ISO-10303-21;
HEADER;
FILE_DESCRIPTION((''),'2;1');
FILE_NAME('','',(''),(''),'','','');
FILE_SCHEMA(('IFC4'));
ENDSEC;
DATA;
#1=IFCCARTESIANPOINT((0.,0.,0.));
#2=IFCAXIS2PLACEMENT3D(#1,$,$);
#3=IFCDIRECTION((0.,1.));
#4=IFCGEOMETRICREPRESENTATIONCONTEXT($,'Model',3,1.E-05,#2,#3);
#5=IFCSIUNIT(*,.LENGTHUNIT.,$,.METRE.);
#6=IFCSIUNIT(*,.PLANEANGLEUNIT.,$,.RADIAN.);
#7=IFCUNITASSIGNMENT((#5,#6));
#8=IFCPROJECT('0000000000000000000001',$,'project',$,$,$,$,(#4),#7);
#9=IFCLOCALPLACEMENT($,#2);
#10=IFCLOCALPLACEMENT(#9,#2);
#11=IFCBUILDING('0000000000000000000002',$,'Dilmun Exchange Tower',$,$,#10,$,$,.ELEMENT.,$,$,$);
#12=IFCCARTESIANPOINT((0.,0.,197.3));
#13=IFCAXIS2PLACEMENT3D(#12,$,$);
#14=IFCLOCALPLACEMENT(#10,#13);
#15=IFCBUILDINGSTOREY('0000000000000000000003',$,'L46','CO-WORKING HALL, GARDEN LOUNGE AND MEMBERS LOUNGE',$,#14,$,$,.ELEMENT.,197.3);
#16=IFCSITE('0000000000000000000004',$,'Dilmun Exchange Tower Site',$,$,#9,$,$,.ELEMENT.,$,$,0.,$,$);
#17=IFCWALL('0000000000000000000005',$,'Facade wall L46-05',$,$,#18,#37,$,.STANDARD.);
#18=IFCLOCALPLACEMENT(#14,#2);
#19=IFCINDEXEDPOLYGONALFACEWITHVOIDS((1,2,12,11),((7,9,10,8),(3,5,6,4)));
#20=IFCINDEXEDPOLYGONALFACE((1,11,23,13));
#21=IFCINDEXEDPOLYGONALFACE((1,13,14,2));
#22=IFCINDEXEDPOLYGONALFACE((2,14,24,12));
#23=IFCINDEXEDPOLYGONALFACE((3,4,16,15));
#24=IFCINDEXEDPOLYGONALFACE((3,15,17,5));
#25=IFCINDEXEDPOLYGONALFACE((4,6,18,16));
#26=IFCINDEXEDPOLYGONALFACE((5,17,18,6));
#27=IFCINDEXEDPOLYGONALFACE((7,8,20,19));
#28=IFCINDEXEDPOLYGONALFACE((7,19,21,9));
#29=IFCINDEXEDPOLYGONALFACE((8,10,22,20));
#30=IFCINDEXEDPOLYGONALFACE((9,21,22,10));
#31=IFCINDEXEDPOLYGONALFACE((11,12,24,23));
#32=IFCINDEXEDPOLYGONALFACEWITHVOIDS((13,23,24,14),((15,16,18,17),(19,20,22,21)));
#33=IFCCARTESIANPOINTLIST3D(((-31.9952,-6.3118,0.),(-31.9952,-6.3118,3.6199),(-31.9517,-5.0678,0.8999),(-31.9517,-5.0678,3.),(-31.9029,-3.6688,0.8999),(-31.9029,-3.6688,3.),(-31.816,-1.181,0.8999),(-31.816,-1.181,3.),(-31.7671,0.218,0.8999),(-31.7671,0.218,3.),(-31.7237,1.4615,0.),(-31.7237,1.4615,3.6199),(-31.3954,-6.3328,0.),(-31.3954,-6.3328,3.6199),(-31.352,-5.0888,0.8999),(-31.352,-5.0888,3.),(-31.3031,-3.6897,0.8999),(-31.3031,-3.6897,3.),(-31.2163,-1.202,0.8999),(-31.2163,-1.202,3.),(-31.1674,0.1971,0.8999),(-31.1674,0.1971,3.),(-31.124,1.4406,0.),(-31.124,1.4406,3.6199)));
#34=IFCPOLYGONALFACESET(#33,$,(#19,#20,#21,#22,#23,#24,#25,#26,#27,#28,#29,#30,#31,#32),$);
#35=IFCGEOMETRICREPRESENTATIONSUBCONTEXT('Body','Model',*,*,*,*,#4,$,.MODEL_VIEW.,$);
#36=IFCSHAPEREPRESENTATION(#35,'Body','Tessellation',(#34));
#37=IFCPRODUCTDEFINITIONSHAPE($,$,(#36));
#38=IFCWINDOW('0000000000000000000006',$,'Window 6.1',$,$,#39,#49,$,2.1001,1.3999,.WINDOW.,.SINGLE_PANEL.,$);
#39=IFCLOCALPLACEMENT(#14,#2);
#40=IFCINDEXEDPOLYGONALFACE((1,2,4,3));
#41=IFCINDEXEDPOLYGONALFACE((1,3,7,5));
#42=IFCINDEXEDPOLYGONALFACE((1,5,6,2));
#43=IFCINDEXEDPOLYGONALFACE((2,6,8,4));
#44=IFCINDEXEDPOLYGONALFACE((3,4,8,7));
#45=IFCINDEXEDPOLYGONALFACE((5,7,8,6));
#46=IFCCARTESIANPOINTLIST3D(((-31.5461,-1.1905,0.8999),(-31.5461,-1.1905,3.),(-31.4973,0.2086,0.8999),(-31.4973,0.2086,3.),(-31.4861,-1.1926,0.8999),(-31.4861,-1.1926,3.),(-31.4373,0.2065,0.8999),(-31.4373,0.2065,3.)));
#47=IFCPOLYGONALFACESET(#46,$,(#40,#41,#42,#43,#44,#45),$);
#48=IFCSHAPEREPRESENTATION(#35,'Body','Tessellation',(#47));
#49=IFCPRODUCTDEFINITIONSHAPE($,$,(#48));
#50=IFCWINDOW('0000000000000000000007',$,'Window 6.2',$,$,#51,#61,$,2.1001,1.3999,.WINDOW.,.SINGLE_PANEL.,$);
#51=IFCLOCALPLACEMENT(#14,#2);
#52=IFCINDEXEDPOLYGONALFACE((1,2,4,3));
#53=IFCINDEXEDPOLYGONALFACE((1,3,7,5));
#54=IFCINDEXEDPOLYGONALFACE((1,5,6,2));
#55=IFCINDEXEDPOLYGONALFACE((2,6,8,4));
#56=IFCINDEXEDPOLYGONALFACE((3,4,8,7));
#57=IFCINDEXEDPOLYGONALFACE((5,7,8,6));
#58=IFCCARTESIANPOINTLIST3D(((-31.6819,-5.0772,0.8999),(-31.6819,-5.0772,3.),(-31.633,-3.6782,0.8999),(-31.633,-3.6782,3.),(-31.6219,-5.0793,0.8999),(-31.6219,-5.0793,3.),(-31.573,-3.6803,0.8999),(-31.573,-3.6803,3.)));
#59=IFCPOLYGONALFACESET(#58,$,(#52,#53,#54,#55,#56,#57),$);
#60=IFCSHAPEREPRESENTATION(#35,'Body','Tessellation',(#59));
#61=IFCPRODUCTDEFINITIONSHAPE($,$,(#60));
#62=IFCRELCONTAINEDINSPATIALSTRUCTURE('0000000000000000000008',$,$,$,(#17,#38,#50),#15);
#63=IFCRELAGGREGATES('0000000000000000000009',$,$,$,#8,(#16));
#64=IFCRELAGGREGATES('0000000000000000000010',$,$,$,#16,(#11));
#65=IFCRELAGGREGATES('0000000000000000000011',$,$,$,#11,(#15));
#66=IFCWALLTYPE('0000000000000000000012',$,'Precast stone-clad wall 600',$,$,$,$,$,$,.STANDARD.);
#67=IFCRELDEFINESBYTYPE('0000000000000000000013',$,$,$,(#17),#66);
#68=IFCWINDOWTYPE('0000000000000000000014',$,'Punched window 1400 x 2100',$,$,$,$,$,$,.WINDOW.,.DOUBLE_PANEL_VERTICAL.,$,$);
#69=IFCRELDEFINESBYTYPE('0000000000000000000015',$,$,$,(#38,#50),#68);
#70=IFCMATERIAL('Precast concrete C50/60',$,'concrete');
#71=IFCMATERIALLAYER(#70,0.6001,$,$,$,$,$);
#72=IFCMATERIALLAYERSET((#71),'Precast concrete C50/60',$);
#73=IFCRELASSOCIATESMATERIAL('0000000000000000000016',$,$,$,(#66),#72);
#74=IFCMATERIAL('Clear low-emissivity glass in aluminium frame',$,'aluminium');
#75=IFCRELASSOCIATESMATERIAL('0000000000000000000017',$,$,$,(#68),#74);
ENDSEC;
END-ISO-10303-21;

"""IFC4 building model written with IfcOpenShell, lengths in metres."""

from ifc_helpers import new_model, si_unit, direction, frame, frame_2d, origin, place, context, subcontext, project, spatial, rectangle, extrude, material, layer, layer_set, type_object, element, fill, save


model = new_model("IFC4")

# Units and contexts
model_context = context("Model", 3, precision=1e-05, world=origin(), true_north=direction((0.0, 1.0)))
body_context = subcontext(model_context, "Body", "Model", "MODEL_VIEW")
ifc_project = project(units=[si_unit("LENGTHUNIT", "METRE"), si_unit("PLANEANGLEUNIT", "RADIAN")], contexts=[model_context])

# Site, building, storey
site_placement = place(None, origin())
site = spatial("IfcSite", under=ifc_project, at=site_placement, Name="Dilmun Exchange Tower Site", CompositionType="ELEMENT", RefElevation=0.0)
building_placement = place(site_placement, origin())
building = spatial("IfcBuilding", under=site, at=building_placement, Name="Dilmun Exchange Tower", CompositionType="ELEMENT")
storey_placement = place(building_placement, frame((0.0, 0.0, 197.3)))
storey = spatial("IfcBuildingStorey", under=building, at=storey_placement, Name="L46", Description="CO-WORKING HALL, GARDEN LOUNGE AND MEMBERS LOUNGE", CompositionType="ELEMENT", Elevation=197.3)

# Shared definitions
ifc_material_1 = material(Name="Precast concrete C50/60", Category="concrete")
ifc_layer_1 = layer(ifc_material_1, 0.6001)
ifc_layer_set_1 = layer_set([ifc_layer_1], Name="Precast concrete C50/60")
wall_type_1 = type_object("IfcWallType", Name="Precast stone-clad wall 600", PredefinedType="STANDARD", material=ifc_layer_set_1)

# Wall, openings, windows
wall_1_placement = place(storey_placement, frame((-31.4238, 1.4512, 0.0), z_axis=(0.0, 0.0, 1.0), x_axis=(-0.034903, -0.999391, 0.0)))
wall_1 = element("IfcWall", 1, at=wall_1_placement, inside=storey, type_object=wall_type_1, Name="Facade wall L46-05", PredefinedType="STANDARD", context=body_context, shape_type="SweptSolid", body=[
    extrude(rectangle(XDim=7.7781, YDim=0.6001, at=frame_2d((3.8892, 0.0))), origin(), (0.0, 0.0, 1.0), 3.6199),
])
opening_1_placement = place(wall_1_placement, frame((1.2444, 0.0, 0.8999)))
opening_1 = element("IfcOpeningElement", 2, at=opening_1_placement, cuts=wall_1, PredefinedType="OPENING", context=body_context, shape_type="SweptSolid", body=[
    extrude(rectangle(XDim=1.3999, YDim=2.1001, at=frame_2d((0.7, 1.05))), frame((0.0, 0.3101, 0.0), z_axis=(0.0, -1.0, 0.0), x_axis=(1.0, 0.0, 0.0)), (0.0, 0.0, 1.0), 0.6201),
])
opening_2_placement = place(wall_1_placement, frame((5.1335, 0.0, 0.8999)))
opening_2 = element("IfcOpeningElement", 3, at=opening_2_placement, cuts=wall_1, PredefinedType="OPENING", context=body_context, shape_type="SweptSolid", body=[
    extrude(rectangle(XDim=1.3999, YDim=2.1001, at=frame_2d((0.7, 1.05))), frame((0.0, 0.3101, 0.0), z_axis=(0.0, -1.0, 0.0), x_axis=(1.0, 0.0, 0.0)), (0.0, 0.0, 1.0), 0.6201),
])
ifc_material_2 = material(Name="Clear low-emissivity glass in aluminium frame", Category="aluminium")
window_type = type_object("IfcWindowType", Name="Punched window 1400 x 2100", PartitioningType="DOUBLE_PANEL_VERTICAL", PredefinedType="WINDOW", material=ifc_material_2)
window_1_placement = place(opening_1_placement, origin())
window_1 = element("IfcWindow", 4, at=window_1_placement, inside=storey, type_object=window_type, Name="Window 6.1", OverallHeight=2.1001, OverallWidth=1.3999, PartitioningType="SINGLE_PANEL", PredefinedType="WINDOW", context=body_context, shape_type="SweptSolid", body=[
    extrude(rectangle(XDim=1.3999, YDim=2.1001, at=frame_2d((0.7, 1.05))), frame((0.0, 0.03, 0.0), z_axis=(0.0, -1.0, 0.0), x_axis=(1.0, 0.0, 0.0)), (0.0, 0.0, 1.0), 0.0601),
])
fill(opening_1, window_1)
window_2_placement = place(opening_2_placement, origin())
window_2 = element("IfcWindow", 5, at=window_2_placement, inside=storey, type_object=window_type, Name="Window 6.2", OverallHeight=2.1001, OverallWidth=1.3999, PartitioningType="SINGLE_PANEL", PredefinedType="WINDOW", context=body_context, shape_type="SweptSolid", body=[
    extrude(rectangle(XDim=1.3999, YDim=2.1001, at=frame_2d((0.7, 1.05))), frame((0.0, 0.03, 0.0), z_axis=(0.0, -1.0, 0.0), x_axis=(1.0, 0.0, 0.0)), (0.0, 0.0, 1.0), 0.0601),
])
fill(opening_2, window_2)

save(model, "model.ifc")
